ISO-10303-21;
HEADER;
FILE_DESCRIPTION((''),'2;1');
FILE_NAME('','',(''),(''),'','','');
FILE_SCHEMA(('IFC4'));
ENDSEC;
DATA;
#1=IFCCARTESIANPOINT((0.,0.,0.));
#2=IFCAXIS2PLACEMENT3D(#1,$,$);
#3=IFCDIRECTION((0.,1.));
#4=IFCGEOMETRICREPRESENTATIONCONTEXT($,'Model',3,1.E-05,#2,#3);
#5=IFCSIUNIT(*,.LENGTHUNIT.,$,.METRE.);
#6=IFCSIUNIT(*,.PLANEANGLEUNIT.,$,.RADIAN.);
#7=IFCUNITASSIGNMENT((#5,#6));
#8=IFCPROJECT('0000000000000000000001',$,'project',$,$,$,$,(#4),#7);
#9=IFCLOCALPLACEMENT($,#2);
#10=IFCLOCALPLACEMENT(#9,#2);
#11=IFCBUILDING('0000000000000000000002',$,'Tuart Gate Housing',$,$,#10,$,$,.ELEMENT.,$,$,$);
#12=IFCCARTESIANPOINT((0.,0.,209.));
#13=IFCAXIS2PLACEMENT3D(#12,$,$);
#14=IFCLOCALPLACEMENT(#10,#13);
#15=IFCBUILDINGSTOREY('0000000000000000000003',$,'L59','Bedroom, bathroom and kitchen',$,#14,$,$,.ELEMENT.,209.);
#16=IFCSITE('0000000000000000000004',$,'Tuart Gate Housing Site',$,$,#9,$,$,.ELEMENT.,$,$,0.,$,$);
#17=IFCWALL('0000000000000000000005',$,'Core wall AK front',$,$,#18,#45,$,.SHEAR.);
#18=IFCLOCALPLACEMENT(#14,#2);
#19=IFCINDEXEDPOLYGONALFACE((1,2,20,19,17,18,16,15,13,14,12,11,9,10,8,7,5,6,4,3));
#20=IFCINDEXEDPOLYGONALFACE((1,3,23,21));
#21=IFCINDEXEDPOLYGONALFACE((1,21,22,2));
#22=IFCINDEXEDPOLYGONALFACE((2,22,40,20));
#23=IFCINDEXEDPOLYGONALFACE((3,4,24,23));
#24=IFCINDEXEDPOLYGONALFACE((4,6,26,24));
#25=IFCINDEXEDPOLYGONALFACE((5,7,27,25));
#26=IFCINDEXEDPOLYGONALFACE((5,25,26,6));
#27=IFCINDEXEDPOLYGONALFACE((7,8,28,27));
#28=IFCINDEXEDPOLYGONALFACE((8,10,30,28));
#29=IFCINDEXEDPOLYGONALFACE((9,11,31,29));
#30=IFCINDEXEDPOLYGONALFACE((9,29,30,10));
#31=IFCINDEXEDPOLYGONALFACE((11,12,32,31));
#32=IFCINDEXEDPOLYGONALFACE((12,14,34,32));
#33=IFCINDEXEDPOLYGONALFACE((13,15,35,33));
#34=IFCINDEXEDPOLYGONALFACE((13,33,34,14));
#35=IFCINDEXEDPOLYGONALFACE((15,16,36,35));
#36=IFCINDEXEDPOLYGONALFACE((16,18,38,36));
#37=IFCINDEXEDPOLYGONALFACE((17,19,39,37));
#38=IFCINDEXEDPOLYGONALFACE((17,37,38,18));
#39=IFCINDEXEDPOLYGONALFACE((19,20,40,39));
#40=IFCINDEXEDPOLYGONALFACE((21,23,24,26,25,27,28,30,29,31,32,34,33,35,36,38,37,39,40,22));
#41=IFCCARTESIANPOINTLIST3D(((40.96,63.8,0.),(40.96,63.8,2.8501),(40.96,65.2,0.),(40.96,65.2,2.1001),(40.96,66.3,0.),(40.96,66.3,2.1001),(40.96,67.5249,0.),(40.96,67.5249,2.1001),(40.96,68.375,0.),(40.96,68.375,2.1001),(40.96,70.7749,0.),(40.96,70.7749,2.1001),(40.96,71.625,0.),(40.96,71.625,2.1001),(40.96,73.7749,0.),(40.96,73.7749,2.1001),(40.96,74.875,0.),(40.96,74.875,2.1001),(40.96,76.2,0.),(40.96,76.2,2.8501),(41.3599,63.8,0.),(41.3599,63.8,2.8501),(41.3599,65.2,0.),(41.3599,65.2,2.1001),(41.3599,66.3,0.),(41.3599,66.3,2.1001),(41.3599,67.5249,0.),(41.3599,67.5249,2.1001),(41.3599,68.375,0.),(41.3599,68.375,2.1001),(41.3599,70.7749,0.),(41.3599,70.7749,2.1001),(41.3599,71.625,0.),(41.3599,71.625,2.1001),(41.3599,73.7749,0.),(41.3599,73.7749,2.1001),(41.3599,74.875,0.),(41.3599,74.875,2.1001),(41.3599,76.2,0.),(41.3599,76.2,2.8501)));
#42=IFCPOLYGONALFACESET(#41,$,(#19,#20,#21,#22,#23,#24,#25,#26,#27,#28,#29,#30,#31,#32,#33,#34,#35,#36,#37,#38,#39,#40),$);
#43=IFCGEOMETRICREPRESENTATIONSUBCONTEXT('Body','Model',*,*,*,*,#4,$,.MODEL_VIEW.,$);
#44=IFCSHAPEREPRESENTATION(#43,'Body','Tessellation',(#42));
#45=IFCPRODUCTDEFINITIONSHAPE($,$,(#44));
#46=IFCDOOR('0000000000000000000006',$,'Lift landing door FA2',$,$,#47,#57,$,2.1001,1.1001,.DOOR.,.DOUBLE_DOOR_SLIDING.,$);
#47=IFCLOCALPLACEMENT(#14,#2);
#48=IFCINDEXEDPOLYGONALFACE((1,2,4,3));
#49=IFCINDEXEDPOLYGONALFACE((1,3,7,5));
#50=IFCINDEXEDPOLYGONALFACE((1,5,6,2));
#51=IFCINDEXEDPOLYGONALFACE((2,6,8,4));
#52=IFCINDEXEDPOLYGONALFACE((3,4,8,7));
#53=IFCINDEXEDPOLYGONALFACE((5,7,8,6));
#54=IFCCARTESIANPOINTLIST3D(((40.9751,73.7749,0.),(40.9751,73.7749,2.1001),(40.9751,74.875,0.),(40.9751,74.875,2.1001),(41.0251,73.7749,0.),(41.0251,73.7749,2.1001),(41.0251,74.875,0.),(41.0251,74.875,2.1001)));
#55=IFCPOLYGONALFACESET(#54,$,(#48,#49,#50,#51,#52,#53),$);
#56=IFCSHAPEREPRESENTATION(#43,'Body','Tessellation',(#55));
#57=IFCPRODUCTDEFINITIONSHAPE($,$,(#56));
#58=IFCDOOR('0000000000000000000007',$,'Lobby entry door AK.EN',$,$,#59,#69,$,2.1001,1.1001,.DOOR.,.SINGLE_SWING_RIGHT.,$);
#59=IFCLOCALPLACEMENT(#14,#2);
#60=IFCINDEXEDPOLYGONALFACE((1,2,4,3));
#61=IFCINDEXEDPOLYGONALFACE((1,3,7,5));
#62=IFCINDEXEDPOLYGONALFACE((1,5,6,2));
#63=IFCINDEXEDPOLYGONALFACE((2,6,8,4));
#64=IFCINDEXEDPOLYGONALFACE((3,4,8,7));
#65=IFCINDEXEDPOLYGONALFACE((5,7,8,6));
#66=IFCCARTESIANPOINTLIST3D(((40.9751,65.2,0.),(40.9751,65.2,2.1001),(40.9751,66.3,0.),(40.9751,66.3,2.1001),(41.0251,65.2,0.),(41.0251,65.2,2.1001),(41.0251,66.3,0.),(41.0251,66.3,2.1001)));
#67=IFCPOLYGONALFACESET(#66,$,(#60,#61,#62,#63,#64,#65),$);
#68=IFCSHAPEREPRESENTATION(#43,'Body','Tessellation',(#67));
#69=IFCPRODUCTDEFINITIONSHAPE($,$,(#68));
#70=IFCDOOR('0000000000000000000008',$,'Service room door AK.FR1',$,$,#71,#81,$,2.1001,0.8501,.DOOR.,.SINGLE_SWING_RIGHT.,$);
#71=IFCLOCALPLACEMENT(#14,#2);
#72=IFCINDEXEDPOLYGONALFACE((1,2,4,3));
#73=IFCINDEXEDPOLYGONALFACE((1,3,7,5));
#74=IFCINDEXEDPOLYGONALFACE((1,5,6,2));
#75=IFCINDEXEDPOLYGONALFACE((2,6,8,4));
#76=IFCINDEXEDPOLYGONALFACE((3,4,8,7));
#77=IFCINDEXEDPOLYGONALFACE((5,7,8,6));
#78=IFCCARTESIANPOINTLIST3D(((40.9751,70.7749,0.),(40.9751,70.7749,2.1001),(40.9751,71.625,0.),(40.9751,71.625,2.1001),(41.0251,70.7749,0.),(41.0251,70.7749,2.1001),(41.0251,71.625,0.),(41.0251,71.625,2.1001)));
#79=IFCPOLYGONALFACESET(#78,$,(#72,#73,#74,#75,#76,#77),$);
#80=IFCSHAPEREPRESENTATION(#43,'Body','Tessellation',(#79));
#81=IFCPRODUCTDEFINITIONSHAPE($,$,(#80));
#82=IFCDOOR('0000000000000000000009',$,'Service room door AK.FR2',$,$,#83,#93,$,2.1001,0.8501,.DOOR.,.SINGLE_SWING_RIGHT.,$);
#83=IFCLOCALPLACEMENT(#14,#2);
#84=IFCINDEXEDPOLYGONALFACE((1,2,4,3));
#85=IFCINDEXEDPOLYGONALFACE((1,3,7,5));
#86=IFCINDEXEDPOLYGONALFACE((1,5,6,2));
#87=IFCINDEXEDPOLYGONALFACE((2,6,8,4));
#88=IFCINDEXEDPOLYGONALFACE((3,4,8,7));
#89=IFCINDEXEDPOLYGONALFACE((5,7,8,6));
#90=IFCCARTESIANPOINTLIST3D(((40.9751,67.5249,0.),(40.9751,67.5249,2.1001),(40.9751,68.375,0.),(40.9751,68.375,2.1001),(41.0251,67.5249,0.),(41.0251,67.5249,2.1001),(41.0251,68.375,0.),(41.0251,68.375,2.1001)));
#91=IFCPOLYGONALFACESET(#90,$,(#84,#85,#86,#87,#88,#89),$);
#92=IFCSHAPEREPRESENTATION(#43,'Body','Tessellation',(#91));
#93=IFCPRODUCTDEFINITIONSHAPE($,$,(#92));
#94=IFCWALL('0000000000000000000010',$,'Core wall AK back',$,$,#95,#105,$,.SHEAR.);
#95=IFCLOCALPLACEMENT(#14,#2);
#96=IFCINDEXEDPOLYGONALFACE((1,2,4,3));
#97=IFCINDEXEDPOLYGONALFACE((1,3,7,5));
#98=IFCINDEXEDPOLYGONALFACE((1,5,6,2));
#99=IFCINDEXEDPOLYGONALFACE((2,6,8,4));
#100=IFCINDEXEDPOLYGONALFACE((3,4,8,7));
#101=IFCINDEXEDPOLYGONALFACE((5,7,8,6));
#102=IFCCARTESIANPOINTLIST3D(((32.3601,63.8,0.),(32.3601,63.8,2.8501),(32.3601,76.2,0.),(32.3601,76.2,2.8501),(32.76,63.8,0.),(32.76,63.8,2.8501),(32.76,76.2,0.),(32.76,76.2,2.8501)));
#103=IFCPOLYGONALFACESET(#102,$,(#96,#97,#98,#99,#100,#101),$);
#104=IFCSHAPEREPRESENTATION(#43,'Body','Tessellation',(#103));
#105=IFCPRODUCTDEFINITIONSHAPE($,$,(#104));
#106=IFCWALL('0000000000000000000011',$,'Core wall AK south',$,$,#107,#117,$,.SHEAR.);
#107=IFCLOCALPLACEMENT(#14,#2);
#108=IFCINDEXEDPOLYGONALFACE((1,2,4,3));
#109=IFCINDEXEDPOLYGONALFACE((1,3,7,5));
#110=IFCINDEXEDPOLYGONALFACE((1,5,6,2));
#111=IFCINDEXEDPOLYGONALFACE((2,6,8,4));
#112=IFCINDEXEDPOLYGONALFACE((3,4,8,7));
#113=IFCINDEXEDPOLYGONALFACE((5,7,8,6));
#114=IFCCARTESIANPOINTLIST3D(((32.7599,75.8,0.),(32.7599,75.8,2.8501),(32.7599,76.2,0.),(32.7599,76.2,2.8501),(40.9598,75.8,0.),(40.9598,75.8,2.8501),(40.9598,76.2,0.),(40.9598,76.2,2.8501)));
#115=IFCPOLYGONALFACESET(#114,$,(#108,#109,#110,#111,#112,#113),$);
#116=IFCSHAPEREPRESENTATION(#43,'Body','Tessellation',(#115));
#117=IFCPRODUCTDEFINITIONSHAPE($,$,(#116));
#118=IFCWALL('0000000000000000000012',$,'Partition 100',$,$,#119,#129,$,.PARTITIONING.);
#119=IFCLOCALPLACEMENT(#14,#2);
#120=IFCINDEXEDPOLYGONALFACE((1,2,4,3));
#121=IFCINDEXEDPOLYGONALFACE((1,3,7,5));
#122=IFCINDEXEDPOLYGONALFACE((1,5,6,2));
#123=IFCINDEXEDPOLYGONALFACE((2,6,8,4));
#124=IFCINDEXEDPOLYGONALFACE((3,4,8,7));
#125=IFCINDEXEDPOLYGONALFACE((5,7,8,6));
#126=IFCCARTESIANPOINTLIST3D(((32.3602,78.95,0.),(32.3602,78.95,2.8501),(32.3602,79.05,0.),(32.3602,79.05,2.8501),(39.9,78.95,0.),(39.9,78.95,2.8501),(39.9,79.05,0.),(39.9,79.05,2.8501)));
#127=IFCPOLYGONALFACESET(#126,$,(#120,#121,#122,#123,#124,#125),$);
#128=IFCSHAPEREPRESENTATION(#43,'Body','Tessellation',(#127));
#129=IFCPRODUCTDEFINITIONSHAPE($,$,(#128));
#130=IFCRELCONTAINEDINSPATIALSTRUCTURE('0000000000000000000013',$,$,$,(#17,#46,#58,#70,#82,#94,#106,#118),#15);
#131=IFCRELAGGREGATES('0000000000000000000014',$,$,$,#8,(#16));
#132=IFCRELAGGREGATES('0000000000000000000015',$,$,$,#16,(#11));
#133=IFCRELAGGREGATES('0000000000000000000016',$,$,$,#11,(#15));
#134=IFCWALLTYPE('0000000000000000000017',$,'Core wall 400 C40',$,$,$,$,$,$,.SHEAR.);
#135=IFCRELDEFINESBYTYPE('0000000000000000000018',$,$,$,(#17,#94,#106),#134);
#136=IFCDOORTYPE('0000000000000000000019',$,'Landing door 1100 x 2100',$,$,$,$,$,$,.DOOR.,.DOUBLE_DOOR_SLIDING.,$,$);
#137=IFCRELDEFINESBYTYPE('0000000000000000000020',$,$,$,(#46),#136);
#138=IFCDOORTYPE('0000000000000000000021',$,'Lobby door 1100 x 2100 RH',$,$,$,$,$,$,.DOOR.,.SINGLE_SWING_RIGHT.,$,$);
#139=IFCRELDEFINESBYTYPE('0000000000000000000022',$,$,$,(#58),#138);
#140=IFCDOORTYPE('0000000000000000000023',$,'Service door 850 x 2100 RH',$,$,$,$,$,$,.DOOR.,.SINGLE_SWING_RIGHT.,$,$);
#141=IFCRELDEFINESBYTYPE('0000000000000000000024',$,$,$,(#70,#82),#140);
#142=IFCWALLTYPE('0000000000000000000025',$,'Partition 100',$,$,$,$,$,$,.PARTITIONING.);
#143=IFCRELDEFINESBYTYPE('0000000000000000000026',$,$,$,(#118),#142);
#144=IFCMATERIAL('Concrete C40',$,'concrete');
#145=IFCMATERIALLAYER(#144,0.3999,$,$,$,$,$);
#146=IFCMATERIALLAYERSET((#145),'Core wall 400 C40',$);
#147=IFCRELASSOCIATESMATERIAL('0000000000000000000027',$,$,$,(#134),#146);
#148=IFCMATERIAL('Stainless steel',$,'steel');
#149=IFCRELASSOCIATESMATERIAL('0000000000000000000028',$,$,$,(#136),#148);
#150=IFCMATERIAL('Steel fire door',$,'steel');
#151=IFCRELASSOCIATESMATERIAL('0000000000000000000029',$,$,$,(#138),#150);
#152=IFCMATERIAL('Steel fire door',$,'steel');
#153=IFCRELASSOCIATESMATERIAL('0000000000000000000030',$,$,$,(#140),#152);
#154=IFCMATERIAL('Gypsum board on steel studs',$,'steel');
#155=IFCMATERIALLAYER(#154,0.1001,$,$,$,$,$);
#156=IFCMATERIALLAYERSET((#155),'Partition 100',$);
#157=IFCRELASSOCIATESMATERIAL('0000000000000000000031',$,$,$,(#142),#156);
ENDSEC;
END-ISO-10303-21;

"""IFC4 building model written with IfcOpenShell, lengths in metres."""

from ifc_helpers import new_model, si_unit, direction, frame, frame_2d, origin, place, context, subcontext, project, spatial, rectangle, extrude, material, layer, layer_set, type_object, element, fill, save


model = new_model("IFC4")

# Units and contexts
model_context = context("Model", 3, precision=1e-05, world=origin(), true_north=direction((0.0, 1.0)))
body_context = subcontext(model_context, "Body", "Model", "MODEL_VIEW")
ifc_project = project(units=[si_unit("LENGTHUNIT", "METRE"), si_unit("PLANEANGLEUNIT", "RADIAN")], contexts=[model_context])

# Site, building, storey
site_placement = place(None, origin())
site = spatial("IfcSite", under=ifc_project, at=site_placement, Name="Tuart Gate Housing Site", CompositionType="ELEMENT", RefElevation=0.0)
building_placement = place(site_placement, origin())
building = spatial("IfcBuilding", under=site, at=building_placement, Name="Tuart Gate Housing", CompositionType="ELEMENT")
storey_placement = place(building_placement, frame((0.0, 0.0, 209.0)))
storey = spatial("IfcBuildingStorey", under=building, at=storey_placement, Name="L59", Description="Bedroom, bathroom and kitchen", CompositionType="ELEMENT", Elevation=209.0)

# Wall, openings, doors
ifc_material_1 = material(Name="Concrete C40", Category="concrete")
ifc_layer_1 = layer(ifc_material_1, 0.3999)
ifc_layer_set_1 = layer_set([ifc_layer_1], Name="Core wall 400 C40")
wall_type_1 = type_object("IfcWallType", Name="Core wall 400 C40", PredefinedType="SHEAR", material=ifc_layer_set_1)
wall_1_placement = place(storey_placement, frame((41.1599, 76.2, 0.0), z_axis=(0.0, 0.0, 1.0), x_axis=(0.0, -1.0, 0.0)))
wall_1 = element("IfcWall", 1, at=wall_1_placement, inside=storey, type_object=wall_type_1, Name="Core wall AK front", PredefinedType="SHEAR", context=body_context, shape_type="SweptSolid", body=[
    extrude(rectangle(XDim=12.3999, YDim=0.3999, at=frame_2d((6.2, 0.0))), origin(), (0.0, 0.0, 1.0), 2.8501),
])
opening_1_placement = place(wall_1_placement, frame((1.325, 0.0, 0.0)))
opening_1 = element("IfcOpeningElement", 2, at=opening_1_placement, cuts=wall_1, PredefinedType="OPENING", context=body_context, shape_type="SweptSolid", body=[
    extrude(rectangle(XDim=1.1001, YDim=2.1001, at=frame_2d((0.55, 1.05))), frame((0.0, 0.21, 0.0), z_axis=(0.0, -1.0, 0.0), x_axis=(1.0, 0.0, 0.0)), (0.0, 0.0, 1.0), 0.4199),
])
opening_2_placement = place(wall_1_placement, frame((4.575, 0.0, 0.0)))
opening_2 = element("IfcOpeningElement", 3, at=opening_2_placement, cuts=wall_1, PredefinedType="OPENING", context=body_context, shape_type="SweptSolid", body=[
    extrude(rectangle(XDim=0.8501, YDim=2.1001, at=frame_2d((0.425, 1.05))), frame((0.0, 0.21, 0.0), z_axis=(0.0, -1.0, 0.0), x_axis=(1.0, 0.0, 0.0)), (0.0, 0.0, 1.0), 0.4199),
])
opening_3_placement = place(wall_1_placement, frame((7.825, 0.0, 0.0)))
opening_3 = element("IfcOpeningElement", 4, at=opening_3_placement, cuts=wall_1, PredefinedType="OPENING", context=body_context, shape_type="SweptSolid", body=[
    extrude(rectangle(XDim=0.8501, YDim=2.1001, at=frame_2d((0.425, 1.05))), frame((0.0, 0.21, 0.0), z_axis=(0.0, -1.0, 0.0), x_axis=(1.0, 0.0, 0.0)), (0.0, 0.0, 1.0), 0.4199),
])
opening_4_placement = place(wall_1_placement, frame((9.8999, 0.0, 0.0)))
opening_4 = element("IfcOpeningElement", 5, at=opening_4_placement, cuts=wall_1, PredefinedType="OPENING", context=body_context, shape_type="SweptSolid", body=[
    extrude(rectangle(XDim=1.1001, YDim=2.1001, at=frame_2d((0.55, 1.05))), frame((0.0, 0.21, 0.0), z_axis=(0.0, -1.0, 0.0), x_axis=(1.0, 0.0, 0.0)), (0.0, 0.0, 1.0), 0.4199),
])
ifc_material_2 = material(Name="Stainless steel", Category="steel")
door_type_1 = type_object("IfcDoorType", Name="Landing door 1100 x 2100", OperationType="DOUBLE_DOOR_SLIDING", PredefinedType="DOOR", material=ifc_material_2)
door_1_placement = place(opening_1_placement, origin())
door_1 = element("IfcDoor", 6, at=door_1_placement, inside=storey, type_object=door_type_1, Name="Lift landing door FA2", OperationType="DOUBLE_DOOR_SLIDING", OverallHeight=2.1001, OverallWidth=1.1001, PredefinedType="DOOR", context=body_context, shape_type="SweptSolid", body=[
    extrude(rectangle(XDim=1.1001, YDim=2.1001, at=frame_2d((0.55, 1.05))), frame((0.0, -0.1348, 0.0), z_axis=(0.0, -1.0, 0.0), x_axis=(1.0, 0.0, 0.0)), (0.0, 0.0, 1.0), 0.05),
])
fill(opening_1, door_1)
ifc_material_3 = material(Name="Steel fire door", Category="steel")
door_type_2 = type_object("IfcDoorType", Name="Lobby door 1100 x 2100 RH", OperationType="SINGLE_SWING_RIGHT", PredefinedType="DOOR", material=ifc_material_3)
door_2_placement = place(opening_4_placement, frame((1.1001, 0.0, 0.0), z_axis=(0.0, 0.0, 1.0), x_axis=(-1.0, 0.0, 0.0)))
door_2 = element("IfcDoor", 7, at=door_2_placement, inside=storey, type_object=door_type_2, Name="Lobby entry door AK.EN", OperationType="SINGLE_SWING_RIGHT", OverallHeight=2.1001, OverallWidth=1.1001, PredefinedType="DOOR", context=body_context, shape_type="SweptSolid", body=[
    extrude(rectangle(XDim=1.1001, YDim=2.1001, at=frame_2d((0.55, 1.05))), frame((0.0, 0.1848, 0.0), z_axis=(0.0, -1.0, 0.0), x_axis=(1.0, 0.0, 0.0)), (0.0, 0.0, 1.0), 0.05),
])
fill(opening_4, door_2)
ifc_material_4 = material(Name="Steel fire door", Category="steel")
door_type_3 = type_object("IfcDoorType", Name="Service door 850 x 2100 RH", OperationType="SINGLE_SWING_RIGHT", PredefinedType="DOOR", material=ifc_material_4)
door_3_placement = place(opening_2_placement, frame((0.8501, 0.0, 0.0), z_axis=(0.0, 0.0, 1.0), x_axis=(-1.0, 0.0, 0.0)))
door_3 = element("IfcDoor", 8, at=door_3_placement, inside=storey, type_object=door_type_3, Name="Service room door AK.FR1", OperationType="SINGLE_SWING_RIGHT", OverallHeight=2.1001, OverallWidth=0.8501, PredefinedType="DOOR", context=body_context, shape_type="SweptSolid", body=[
    extrude(rectangle(XDim=0.8501, YDim=2.1001, at=frame_2d((0.425, 1.05))), frame((0.0, 0.1848, 0.0), z_axis=(0.0, -1.0, 0.0), x_axis=(1.0, 0.0, 0.0)), (0.0, 0.0, 1.0), 0.05),
])
fill(opening_2, door_3)
door_4_placement = place(opening_3_placement, frame((0.8501, 0.0, 0.0), z_axis=(0.0, 0.0, 1.0), x_axis=(-1.0, 0.0, 0.0)))
door_4 = element("IfcDoor", 9, at=door_4_placement, inside=storey, type_object=door_type_3, Name="Service room door AK.FR2", OperationType="SINGLE_SWING_RIGHT", OverallHeight=2.1001, OverallWidth=0.8501, PredefinedType="DOOR", context=body_context, shape_type="SweptSolid", body=[
    extrude(rectangle(XDim=0.8501, YDim=2.1001, at=frame_2d((0.425, 1.05))), frame((0.0, 0.1848, 0.0), z_axis=(0.0, -1.0, 0.0), x_axis=(1.0, 0.0, 0.0)), (0.0, 0.0, 1.0), 0.05),
])
fill(opening_3, door_4)

# Walls
wall_2_placement = place(storey_placement, frame((32.5601, 76.2, 0.0), z_axis=(0.0, 0.0, 1.0), x_axis=(0.0, -1.0, 0.0)))
element("IfcWall", 10, at=wall_2_placement, inside=storey, type_object=wall_type_1, Name="Core wall AK back", PredefinedType="SHEAR", context=body_context, shape_type="SweptSolid", body=[
    extrude(rectangle(XDim=12.3999, YDim=0.3999, at=frame_2d((6.2, 0.0))), origin(), (0.0, 0.0, 1.0), 2.8501),
])
wall_3_placement = place(storey_placement, frame((40.96, 76.0, 0.0), z_axis=(0.0, 0.0, 1.0), x_axis=(-1.0, 0.0, 0.0)))
element("IfcWall", 11, at=wall_3_placement, inside=storey, type_object=wall_type_1, Name="Core wall AK south", PredefinedType="SHEAR", context=body_context, shape_type="SweptSolid", body=[
    extrude(rectangle(XDim=8.2, YDim=0.3999, at=frame_2d((4.1001, 0.0))), origin(), (0.0, 0.0, 1.0), 2.8501),
])
ifc_material_5 = material(Name="Gypsum board on steel studs", Category="steel")
ifc_layer_2 = layer(ifc_material_5, 0.1001)
ifc_layer_set_2 = layer_set([ifc_layer_2], Name="Partition 100")
wall_type_2 = type_object("IfcWallType", Name="Partition 100", PredefinedType="PARTITIONING", material=ifc_layer_set_2)
wall_4_placement = place(storey_placement, frame((32.3601, 79.0, 0.0), z_axis=(0.0, 0.0, 1.0), x_axis=(1.0, 0.0, 0.0)))
element("IfcWall", 12, at=wall_4_placement, inside=storey, type_object=wall_type_2, Name="Partition 100", PredefinedType="PARTITIONING", context=body_context, shape_type="SweptSolid", body=[
    extrude(rectangle(XDim=7.5398, YDim=0.1001, at=frame_2d((3.77, 0.0))), origin(), (0.0, 0.0, 1.0), 2.8501),
])

save(model, "model.ifc")
